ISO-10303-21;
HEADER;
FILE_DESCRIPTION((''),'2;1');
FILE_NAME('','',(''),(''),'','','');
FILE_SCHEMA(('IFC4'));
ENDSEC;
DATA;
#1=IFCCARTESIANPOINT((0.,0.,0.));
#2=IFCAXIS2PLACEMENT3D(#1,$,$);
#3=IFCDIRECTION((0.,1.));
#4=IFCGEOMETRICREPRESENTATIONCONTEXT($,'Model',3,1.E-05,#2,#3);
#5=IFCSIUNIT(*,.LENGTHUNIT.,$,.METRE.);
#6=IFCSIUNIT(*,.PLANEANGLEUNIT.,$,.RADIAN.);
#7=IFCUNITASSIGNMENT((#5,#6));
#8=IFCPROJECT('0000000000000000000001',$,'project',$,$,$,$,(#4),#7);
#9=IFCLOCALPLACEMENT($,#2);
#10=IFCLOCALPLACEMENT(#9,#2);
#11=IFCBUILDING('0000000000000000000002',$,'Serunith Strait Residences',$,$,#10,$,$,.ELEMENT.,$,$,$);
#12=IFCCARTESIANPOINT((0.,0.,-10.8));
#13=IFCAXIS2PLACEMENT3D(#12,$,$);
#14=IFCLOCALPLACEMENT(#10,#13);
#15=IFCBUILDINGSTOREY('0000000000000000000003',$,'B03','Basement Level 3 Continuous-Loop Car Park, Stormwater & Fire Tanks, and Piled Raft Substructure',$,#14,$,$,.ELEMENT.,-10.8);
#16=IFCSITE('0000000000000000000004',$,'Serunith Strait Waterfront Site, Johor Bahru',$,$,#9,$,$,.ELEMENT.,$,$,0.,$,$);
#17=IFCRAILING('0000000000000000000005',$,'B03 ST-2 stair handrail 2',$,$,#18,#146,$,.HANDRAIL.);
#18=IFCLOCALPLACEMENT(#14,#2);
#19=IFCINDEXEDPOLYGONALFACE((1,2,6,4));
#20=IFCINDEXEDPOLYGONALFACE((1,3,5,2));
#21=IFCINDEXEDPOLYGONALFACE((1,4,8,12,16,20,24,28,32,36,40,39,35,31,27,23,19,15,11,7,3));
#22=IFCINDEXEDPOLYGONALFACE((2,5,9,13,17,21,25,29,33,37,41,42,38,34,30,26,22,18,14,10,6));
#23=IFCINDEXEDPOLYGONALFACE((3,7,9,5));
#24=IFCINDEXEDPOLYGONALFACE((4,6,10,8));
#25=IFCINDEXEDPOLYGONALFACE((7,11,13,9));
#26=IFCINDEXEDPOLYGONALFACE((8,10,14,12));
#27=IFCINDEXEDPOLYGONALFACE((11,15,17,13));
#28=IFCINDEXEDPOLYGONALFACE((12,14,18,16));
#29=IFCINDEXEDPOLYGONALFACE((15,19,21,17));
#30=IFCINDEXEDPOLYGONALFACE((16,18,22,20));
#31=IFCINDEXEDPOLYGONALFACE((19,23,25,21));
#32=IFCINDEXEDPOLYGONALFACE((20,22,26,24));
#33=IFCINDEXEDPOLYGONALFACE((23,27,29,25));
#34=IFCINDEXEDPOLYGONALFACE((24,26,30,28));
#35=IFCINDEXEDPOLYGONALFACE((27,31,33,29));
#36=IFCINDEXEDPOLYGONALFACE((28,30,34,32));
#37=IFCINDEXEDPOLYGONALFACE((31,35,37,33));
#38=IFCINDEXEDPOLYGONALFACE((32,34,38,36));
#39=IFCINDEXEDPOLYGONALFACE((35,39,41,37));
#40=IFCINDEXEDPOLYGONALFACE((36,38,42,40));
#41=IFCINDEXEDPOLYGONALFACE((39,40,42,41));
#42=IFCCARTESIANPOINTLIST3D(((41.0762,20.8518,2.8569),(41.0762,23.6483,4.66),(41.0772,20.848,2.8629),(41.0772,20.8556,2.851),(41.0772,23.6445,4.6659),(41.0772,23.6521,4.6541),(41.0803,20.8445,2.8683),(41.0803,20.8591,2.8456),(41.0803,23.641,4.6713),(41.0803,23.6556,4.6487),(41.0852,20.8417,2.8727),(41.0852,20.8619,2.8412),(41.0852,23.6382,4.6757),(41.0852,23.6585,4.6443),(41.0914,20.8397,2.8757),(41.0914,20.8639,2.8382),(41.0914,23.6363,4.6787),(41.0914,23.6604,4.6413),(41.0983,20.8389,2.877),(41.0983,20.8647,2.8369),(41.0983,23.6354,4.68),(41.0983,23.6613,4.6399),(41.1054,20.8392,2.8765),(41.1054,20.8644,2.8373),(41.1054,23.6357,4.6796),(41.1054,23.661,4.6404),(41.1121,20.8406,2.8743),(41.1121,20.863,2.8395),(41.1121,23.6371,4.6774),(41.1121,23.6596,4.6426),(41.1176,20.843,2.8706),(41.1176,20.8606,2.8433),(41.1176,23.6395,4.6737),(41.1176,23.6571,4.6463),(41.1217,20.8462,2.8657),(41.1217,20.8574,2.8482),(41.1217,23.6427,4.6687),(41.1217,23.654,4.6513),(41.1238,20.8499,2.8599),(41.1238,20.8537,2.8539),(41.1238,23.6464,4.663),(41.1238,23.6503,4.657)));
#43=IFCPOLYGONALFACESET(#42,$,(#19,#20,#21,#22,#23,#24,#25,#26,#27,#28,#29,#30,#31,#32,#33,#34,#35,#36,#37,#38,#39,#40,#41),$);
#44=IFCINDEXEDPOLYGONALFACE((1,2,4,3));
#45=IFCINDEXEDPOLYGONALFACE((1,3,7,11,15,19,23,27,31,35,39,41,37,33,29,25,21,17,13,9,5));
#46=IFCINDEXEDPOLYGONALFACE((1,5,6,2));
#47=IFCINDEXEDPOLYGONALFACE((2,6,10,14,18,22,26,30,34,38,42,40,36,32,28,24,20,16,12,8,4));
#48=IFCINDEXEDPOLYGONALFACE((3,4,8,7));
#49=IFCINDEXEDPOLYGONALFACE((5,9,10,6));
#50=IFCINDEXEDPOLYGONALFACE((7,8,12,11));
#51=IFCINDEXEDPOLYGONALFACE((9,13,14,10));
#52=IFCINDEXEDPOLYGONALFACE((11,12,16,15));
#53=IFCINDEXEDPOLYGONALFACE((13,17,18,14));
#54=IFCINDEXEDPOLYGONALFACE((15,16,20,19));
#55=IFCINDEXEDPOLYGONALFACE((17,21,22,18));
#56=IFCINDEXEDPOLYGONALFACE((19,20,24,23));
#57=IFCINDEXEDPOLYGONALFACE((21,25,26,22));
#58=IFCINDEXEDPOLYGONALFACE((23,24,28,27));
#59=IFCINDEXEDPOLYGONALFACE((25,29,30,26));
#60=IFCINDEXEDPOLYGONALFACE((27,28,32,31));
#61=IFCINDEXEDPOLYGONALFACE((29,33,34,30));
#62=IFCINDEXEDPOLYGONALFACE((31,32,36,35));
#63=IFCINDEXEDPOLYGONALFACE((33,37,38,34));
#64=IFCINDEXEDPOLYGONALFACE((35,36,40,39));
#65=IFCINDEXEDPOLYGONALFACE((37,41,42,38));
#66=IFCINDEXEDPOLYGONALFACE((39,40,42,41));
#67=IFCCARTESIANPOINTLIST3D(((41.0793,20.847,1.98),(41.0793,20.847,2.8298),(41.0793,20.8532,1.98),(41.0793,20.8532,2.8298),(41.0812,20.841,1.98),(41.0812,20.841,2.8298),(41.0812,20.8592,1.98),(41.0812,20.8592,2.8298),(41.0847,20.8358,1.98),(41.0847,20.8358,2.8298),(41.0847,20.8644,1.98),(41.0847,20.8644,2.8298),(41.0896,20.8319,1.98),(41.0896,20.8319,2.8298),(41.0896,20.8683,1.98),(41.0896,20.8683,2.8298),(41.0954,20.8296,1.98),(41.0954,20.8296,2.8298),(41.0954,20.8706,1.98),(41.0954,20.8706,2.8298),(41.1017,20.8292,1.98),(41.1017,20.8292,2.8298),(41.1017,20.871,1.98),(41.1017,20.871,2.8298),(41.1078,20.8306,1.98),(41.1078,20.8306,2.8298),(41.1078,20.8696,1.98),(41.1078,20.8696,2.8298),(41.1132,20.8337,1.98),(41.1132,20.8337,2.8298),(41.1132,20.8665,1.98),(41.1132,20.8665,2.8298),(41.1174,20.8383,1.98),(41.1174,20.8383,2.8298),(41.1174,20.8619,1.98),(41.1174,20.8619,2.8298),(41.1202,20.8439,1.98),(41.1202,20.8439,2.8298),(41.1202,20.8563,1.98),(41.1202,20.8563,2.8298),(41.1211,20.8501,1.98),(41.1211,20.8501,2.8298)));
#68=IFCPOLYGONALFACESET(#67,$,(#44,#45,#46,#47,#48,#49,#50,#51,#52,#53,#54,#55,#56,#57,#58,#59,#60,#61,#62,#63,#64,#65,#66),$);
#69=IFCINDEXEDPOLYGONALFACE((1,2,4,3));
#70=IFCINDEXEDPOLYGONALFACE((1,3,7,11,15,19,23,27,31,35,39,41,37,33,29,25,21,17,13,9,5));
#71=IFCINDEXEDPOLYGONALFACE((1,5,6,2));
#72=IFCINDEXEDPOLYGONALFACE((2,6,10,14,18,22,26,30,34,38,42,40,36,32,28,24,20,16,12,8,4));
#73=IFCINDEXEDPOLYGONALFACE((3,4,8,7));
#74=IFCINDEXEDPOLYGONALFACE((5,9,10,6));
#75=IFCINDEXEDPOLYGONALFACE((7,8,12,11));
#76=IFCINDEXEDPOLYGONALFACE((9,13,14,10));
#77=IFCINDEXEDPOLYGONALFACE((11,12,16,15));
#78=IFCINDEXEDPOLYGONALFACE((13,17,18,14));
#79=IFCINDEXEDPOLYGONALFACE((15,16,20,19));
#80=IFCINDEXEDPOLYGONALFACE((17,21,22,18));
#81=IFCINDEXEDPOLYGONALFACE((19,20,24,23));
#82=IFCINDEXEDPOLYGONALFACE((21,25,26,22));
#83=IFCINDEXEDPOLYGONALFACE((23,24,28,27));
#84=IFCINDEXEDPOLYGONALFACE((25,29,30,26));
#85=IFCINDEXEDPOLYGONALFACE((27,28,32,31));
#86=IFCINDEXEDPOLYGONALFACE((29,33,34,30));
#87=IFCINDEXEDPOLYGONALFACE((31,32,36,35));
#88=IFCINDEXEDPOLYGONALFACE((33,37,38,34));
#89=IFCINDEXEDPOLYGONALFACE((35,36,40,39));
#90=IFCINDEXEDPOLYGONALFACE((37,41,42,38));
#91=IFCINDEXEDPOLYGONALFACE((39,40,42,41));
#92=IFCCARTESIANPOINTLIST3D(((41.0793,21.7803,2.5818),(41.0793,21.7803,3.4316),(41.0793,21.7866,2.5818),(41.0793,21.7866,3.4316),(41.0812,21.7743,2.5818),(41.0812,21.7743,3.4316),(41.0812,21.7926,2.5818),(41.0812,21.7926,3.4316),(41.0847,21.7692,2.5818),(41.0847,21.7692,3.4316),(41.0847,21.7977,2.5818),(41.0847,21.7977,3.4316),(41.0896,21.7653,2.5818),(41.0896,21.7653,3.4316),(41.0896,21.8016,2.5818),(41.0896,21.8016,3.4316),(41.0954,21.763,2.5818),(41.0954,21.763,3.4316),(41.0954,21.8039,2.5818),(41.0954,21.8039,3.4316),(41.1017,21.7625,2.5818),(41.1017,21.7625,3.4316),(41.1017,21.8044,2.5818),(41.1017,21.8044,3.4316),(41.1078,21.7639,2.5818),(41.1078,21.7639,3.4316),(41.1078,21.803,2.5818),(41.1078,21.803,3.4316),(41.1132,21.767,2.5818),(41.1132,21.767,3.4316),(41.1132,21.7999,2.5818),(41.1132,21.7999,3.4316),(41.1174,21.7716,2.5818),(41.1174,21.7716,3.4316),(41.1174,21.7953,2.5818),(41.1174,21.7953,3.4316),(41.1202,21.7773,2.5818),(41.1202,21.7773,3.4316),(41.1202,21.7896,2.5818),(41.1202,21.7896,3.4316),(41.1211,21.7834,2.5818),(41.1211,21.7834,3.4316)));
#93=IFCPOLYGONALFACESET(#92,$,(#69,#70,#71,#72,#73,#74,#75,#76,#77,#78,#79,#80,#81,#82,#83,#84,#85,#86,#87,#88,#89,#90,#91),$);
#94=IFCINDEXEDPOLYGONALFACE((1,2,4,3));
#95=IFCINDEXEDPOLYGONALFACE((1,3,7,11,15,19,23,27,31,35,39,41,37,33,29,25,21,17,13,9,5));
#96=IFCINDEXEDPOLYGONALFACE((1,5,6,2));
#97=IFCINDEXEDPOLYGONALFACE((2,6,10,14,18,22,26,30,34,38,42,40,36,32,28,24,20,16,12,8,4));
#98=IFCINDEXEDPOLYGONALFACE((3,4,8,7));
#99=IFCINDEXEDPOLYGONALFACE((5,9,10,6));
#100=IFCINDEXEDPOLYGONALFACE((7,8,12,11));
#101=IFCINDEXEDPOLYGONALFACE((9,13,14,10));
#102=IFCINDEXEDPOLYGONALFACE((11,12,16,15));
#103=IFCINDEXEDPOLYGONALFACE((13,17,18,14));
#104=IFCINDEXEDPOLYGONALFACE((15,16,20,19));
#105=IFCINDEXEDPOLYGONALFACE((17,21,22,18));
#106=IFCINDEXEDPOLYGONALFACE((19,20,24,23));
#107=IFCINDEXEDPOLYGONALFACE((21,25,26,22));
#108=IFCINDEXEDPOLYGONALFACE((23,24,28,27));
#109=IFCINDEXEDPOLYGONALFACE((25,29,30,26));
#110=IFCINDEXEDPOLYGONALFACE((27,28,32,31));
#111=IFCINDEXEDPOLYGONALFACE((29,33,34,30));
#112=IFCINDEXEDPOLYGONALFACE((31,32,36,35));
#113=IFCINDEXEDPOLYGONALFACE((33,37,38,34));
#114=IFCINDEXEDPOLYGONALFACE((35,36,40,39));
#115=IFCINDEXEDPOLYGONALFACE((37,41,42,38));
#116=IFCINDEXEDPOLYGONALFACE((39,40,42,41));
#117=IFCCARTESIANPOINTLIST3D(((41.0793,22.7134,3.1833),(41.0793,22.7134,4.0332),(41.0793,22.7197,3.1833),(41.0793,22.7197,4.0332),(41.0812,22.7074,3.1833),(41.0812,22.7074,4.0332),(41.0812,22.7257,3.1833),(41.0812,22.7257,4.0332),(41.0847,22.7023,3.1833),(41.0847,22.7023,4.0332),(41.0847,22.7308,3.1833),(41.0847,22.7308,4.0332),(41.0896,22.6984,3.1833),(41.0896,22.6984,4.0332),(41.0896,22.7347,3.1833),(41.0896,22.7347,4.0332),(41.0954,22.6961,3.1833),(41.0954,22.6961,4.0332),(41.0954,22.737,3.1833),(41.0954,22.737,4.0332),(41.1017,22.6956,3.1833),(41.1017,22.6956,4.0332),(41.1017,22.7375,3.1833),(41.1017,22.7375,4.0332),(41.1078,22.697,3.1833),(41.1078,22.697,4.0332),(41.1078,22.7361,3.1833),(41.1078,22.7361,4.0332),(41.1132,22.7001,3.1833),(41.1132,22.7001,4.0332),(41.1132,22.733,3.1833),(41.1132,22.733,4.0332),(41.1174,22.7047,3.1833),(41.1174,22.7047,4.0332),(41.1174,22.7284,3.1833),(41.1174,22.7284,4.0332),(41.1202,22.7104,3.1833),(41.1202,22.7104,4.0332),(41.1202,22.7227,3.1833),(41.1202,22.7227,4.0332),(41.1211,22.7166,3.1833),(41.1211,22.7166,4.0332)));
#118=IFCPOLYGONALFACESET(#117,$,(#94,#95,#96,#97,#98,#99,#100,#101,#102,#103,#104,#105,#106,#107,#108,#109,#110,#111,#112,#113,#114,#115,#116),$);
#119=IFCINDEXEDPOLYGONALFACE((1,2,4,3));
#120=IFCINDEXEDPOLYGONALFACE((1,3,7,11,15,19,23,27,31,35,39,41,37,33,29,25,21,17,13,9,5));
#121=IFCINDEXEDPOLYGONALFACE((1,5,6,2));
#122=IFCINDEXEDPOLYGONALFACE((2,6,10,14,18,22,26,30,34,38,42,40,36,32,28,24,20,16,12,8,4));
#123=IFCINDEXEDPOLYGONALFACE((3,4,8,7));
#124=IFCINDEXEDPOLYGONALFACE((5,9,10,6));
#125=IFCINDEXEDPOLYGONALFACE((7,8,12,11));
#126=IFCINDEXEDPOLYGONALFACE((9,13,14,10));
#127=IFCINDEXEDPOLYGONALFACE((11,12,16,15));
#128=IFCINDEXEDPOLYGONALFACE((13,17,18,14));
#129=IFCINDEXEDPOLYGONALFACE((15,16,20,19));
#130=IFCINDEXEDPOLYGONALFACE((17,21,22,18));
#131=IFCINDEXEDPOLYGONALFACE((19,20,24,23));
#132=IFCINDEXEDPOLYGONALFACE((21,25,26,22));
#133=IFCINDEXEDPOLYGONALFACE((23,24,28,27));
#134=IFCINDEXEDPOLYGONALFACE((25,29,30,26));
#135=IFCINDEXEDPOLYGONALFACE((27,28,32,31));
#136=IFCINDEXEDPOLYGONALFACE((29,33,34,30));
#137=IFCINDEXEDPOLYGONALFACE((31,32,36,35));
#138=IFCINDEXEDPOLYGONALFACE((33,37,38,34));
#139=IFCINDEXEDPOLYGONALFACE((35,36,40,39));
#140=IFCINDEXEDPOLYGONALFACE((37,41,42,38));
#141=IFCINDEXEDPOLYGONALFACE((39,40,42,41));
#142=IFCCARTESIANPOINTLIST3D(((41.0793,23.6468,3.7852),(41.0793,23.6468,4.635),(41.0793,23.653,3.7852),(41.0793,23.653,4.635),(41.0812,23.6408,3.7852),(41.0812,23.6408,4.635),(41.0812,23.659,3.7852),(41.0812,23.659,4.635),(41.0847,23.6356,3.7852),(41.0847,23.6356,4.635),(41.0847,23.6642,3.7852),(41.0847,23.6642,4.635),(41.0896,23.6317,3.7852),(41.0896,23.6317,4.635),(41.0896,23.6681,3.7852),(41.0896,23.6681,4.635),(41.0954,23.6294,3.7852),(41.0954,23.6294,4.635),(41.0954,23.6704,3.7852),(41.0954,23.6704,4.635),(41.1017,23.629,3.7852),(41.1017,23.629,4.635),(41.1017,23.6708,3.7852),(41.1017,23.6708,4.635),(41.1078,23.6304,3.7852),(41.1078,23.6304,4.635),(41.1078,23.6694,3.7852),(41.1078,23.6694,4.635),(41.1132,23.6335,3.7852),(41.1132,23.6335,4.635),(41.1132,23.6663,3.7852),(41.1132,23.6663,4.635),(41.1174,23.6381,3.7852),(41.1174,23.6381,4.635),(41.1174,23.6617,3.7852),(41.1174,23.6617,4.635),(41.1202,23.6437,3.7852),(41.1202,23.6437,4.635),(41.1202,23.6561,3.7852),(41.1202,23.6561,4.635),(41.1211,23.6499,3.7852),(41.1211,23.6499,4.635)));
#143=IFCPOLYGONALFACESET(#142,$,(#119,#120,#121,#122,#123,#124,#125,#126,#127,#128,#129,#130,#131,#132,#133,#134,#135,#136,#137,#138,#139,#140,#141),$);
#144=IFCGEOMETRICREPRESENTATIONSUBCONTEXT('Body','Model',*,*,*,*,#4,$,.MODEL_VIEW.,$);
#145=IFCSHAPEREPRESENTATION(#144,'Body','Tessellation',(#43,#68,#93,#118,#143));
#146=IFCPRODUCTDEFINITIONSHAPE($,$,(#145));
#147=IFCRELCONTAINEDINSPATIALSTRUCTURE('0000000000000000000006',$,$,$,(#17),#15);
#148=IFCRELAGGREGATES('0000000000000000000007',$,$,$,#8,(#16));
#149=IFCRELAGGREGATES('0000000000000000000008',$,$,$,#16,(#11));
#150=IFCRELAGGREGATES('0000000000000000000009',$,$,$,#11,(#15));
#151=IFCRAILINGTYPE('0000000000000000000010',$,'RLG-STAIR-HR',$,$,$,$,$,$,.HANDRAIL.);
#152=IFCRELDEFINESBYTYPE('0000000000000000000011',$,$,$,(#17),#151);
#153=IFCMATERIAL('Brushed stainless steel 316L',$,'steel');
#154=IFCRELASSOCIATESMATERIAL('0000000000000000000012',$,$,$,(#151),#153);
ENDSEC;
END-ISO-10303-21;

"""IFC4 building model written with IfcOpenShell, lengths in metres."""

from ifc_helpers import new_model, si_unit, direction, frame, origin, origin_2d, place, context, subcontext, project, spatial, circle, extrude, material, type_object, element, save


model = new_model("IFC4")

# Units and contexts
model_context = context("Model", 3, precision=1e-05, world=origin(), true_north=direction((0.0, 1.0)))
body_context = subcontext(model_context, "Body", "Model", "MODEL_VIEW")
ifc_project = project(units=[si_unit("LENGTHUNIT", "METRE"), si_unit("PLANEANGLEUNIT", "RADIAN")], contexts=[model_context])

# Site, building, storey
site_placement = place(None, origin())
site = spatial("IfcSite", under=ifc_project, at=site_placement, Name="Serunith Strait Waterfront Site, Johor Bahru", CompositionType="ELEMENT", RefElevation=0.0)
building_placement = place(site_placement, origin())
building = spatial("IfcBuilding", under=site, at=building_placement, Name="Serunith Strait Residences", CompositionType="ELEMENT")
storey_placement = place(building_placement, frame((0.0, 0.0, -10.8)))
storey = spatial("IfcBuildingStorey", under=building, at=storey_placement, Name="B03", Description="Basement Level 3 Continuous-Loop Car Park, Stormwater & Fire Tanks, and Piled Raft Substructure", CompositionType="ELEMENT", Elevation=-10.8)

# Railing
ifc_material_1 = material(Name="Brushed stainless steel 316L", Category="steel")
railing_type_1 = type_object("IfcRailingType", Name="RLG-STAIR-HR", PredefinedType="HANDRAIL", material=ifc_material_1)
railing_1_placement = place(storey_placement, frame((41.1001, 20.8501, 1.98)))
element("IfcRailing", 1, at=railing_1_placement, inside=storey, type_object=railing_type_1, Name="B03 ST-2 stair handrail 2", PredefinedType="HANDRAIL", context=body_context, shape_type="SweptSolid", body=[
    extrude(circle(Radius=0.0239, at=origin_2d()), frame((0.0, 0.0017, 0.877), z_axis=(0.0, 0.840454, 0.541883), x_axis=(-1.0, 0.0, 0.0)), (0.0, 0.0, 1.0), 3.3274),
    extrude(circle(Radius=0.021, at=origin_2d()), origin(), (0.0, 0.0, 1.0), 0.8499),
    extrude(circle(Radius=0.021, at=origin_2d()), frame((0.0, 0.9333, 0.6018)), (0.0, 0.0, 1.0), 0.8499),
    extrude(circle(Radius=0.021, at=origin_2d()), frame((0.0, 1.8665, 1.2034)), (0.0, 0.0, 1.0), 0.8499),
    extrude(circle(Radius=0.021, at=origin_2d()), frame((0.0, 2.7998, 1.8052)), (0.0, 0.0, 1.0), 0.8499),
])

save(model, "model.ifc")
